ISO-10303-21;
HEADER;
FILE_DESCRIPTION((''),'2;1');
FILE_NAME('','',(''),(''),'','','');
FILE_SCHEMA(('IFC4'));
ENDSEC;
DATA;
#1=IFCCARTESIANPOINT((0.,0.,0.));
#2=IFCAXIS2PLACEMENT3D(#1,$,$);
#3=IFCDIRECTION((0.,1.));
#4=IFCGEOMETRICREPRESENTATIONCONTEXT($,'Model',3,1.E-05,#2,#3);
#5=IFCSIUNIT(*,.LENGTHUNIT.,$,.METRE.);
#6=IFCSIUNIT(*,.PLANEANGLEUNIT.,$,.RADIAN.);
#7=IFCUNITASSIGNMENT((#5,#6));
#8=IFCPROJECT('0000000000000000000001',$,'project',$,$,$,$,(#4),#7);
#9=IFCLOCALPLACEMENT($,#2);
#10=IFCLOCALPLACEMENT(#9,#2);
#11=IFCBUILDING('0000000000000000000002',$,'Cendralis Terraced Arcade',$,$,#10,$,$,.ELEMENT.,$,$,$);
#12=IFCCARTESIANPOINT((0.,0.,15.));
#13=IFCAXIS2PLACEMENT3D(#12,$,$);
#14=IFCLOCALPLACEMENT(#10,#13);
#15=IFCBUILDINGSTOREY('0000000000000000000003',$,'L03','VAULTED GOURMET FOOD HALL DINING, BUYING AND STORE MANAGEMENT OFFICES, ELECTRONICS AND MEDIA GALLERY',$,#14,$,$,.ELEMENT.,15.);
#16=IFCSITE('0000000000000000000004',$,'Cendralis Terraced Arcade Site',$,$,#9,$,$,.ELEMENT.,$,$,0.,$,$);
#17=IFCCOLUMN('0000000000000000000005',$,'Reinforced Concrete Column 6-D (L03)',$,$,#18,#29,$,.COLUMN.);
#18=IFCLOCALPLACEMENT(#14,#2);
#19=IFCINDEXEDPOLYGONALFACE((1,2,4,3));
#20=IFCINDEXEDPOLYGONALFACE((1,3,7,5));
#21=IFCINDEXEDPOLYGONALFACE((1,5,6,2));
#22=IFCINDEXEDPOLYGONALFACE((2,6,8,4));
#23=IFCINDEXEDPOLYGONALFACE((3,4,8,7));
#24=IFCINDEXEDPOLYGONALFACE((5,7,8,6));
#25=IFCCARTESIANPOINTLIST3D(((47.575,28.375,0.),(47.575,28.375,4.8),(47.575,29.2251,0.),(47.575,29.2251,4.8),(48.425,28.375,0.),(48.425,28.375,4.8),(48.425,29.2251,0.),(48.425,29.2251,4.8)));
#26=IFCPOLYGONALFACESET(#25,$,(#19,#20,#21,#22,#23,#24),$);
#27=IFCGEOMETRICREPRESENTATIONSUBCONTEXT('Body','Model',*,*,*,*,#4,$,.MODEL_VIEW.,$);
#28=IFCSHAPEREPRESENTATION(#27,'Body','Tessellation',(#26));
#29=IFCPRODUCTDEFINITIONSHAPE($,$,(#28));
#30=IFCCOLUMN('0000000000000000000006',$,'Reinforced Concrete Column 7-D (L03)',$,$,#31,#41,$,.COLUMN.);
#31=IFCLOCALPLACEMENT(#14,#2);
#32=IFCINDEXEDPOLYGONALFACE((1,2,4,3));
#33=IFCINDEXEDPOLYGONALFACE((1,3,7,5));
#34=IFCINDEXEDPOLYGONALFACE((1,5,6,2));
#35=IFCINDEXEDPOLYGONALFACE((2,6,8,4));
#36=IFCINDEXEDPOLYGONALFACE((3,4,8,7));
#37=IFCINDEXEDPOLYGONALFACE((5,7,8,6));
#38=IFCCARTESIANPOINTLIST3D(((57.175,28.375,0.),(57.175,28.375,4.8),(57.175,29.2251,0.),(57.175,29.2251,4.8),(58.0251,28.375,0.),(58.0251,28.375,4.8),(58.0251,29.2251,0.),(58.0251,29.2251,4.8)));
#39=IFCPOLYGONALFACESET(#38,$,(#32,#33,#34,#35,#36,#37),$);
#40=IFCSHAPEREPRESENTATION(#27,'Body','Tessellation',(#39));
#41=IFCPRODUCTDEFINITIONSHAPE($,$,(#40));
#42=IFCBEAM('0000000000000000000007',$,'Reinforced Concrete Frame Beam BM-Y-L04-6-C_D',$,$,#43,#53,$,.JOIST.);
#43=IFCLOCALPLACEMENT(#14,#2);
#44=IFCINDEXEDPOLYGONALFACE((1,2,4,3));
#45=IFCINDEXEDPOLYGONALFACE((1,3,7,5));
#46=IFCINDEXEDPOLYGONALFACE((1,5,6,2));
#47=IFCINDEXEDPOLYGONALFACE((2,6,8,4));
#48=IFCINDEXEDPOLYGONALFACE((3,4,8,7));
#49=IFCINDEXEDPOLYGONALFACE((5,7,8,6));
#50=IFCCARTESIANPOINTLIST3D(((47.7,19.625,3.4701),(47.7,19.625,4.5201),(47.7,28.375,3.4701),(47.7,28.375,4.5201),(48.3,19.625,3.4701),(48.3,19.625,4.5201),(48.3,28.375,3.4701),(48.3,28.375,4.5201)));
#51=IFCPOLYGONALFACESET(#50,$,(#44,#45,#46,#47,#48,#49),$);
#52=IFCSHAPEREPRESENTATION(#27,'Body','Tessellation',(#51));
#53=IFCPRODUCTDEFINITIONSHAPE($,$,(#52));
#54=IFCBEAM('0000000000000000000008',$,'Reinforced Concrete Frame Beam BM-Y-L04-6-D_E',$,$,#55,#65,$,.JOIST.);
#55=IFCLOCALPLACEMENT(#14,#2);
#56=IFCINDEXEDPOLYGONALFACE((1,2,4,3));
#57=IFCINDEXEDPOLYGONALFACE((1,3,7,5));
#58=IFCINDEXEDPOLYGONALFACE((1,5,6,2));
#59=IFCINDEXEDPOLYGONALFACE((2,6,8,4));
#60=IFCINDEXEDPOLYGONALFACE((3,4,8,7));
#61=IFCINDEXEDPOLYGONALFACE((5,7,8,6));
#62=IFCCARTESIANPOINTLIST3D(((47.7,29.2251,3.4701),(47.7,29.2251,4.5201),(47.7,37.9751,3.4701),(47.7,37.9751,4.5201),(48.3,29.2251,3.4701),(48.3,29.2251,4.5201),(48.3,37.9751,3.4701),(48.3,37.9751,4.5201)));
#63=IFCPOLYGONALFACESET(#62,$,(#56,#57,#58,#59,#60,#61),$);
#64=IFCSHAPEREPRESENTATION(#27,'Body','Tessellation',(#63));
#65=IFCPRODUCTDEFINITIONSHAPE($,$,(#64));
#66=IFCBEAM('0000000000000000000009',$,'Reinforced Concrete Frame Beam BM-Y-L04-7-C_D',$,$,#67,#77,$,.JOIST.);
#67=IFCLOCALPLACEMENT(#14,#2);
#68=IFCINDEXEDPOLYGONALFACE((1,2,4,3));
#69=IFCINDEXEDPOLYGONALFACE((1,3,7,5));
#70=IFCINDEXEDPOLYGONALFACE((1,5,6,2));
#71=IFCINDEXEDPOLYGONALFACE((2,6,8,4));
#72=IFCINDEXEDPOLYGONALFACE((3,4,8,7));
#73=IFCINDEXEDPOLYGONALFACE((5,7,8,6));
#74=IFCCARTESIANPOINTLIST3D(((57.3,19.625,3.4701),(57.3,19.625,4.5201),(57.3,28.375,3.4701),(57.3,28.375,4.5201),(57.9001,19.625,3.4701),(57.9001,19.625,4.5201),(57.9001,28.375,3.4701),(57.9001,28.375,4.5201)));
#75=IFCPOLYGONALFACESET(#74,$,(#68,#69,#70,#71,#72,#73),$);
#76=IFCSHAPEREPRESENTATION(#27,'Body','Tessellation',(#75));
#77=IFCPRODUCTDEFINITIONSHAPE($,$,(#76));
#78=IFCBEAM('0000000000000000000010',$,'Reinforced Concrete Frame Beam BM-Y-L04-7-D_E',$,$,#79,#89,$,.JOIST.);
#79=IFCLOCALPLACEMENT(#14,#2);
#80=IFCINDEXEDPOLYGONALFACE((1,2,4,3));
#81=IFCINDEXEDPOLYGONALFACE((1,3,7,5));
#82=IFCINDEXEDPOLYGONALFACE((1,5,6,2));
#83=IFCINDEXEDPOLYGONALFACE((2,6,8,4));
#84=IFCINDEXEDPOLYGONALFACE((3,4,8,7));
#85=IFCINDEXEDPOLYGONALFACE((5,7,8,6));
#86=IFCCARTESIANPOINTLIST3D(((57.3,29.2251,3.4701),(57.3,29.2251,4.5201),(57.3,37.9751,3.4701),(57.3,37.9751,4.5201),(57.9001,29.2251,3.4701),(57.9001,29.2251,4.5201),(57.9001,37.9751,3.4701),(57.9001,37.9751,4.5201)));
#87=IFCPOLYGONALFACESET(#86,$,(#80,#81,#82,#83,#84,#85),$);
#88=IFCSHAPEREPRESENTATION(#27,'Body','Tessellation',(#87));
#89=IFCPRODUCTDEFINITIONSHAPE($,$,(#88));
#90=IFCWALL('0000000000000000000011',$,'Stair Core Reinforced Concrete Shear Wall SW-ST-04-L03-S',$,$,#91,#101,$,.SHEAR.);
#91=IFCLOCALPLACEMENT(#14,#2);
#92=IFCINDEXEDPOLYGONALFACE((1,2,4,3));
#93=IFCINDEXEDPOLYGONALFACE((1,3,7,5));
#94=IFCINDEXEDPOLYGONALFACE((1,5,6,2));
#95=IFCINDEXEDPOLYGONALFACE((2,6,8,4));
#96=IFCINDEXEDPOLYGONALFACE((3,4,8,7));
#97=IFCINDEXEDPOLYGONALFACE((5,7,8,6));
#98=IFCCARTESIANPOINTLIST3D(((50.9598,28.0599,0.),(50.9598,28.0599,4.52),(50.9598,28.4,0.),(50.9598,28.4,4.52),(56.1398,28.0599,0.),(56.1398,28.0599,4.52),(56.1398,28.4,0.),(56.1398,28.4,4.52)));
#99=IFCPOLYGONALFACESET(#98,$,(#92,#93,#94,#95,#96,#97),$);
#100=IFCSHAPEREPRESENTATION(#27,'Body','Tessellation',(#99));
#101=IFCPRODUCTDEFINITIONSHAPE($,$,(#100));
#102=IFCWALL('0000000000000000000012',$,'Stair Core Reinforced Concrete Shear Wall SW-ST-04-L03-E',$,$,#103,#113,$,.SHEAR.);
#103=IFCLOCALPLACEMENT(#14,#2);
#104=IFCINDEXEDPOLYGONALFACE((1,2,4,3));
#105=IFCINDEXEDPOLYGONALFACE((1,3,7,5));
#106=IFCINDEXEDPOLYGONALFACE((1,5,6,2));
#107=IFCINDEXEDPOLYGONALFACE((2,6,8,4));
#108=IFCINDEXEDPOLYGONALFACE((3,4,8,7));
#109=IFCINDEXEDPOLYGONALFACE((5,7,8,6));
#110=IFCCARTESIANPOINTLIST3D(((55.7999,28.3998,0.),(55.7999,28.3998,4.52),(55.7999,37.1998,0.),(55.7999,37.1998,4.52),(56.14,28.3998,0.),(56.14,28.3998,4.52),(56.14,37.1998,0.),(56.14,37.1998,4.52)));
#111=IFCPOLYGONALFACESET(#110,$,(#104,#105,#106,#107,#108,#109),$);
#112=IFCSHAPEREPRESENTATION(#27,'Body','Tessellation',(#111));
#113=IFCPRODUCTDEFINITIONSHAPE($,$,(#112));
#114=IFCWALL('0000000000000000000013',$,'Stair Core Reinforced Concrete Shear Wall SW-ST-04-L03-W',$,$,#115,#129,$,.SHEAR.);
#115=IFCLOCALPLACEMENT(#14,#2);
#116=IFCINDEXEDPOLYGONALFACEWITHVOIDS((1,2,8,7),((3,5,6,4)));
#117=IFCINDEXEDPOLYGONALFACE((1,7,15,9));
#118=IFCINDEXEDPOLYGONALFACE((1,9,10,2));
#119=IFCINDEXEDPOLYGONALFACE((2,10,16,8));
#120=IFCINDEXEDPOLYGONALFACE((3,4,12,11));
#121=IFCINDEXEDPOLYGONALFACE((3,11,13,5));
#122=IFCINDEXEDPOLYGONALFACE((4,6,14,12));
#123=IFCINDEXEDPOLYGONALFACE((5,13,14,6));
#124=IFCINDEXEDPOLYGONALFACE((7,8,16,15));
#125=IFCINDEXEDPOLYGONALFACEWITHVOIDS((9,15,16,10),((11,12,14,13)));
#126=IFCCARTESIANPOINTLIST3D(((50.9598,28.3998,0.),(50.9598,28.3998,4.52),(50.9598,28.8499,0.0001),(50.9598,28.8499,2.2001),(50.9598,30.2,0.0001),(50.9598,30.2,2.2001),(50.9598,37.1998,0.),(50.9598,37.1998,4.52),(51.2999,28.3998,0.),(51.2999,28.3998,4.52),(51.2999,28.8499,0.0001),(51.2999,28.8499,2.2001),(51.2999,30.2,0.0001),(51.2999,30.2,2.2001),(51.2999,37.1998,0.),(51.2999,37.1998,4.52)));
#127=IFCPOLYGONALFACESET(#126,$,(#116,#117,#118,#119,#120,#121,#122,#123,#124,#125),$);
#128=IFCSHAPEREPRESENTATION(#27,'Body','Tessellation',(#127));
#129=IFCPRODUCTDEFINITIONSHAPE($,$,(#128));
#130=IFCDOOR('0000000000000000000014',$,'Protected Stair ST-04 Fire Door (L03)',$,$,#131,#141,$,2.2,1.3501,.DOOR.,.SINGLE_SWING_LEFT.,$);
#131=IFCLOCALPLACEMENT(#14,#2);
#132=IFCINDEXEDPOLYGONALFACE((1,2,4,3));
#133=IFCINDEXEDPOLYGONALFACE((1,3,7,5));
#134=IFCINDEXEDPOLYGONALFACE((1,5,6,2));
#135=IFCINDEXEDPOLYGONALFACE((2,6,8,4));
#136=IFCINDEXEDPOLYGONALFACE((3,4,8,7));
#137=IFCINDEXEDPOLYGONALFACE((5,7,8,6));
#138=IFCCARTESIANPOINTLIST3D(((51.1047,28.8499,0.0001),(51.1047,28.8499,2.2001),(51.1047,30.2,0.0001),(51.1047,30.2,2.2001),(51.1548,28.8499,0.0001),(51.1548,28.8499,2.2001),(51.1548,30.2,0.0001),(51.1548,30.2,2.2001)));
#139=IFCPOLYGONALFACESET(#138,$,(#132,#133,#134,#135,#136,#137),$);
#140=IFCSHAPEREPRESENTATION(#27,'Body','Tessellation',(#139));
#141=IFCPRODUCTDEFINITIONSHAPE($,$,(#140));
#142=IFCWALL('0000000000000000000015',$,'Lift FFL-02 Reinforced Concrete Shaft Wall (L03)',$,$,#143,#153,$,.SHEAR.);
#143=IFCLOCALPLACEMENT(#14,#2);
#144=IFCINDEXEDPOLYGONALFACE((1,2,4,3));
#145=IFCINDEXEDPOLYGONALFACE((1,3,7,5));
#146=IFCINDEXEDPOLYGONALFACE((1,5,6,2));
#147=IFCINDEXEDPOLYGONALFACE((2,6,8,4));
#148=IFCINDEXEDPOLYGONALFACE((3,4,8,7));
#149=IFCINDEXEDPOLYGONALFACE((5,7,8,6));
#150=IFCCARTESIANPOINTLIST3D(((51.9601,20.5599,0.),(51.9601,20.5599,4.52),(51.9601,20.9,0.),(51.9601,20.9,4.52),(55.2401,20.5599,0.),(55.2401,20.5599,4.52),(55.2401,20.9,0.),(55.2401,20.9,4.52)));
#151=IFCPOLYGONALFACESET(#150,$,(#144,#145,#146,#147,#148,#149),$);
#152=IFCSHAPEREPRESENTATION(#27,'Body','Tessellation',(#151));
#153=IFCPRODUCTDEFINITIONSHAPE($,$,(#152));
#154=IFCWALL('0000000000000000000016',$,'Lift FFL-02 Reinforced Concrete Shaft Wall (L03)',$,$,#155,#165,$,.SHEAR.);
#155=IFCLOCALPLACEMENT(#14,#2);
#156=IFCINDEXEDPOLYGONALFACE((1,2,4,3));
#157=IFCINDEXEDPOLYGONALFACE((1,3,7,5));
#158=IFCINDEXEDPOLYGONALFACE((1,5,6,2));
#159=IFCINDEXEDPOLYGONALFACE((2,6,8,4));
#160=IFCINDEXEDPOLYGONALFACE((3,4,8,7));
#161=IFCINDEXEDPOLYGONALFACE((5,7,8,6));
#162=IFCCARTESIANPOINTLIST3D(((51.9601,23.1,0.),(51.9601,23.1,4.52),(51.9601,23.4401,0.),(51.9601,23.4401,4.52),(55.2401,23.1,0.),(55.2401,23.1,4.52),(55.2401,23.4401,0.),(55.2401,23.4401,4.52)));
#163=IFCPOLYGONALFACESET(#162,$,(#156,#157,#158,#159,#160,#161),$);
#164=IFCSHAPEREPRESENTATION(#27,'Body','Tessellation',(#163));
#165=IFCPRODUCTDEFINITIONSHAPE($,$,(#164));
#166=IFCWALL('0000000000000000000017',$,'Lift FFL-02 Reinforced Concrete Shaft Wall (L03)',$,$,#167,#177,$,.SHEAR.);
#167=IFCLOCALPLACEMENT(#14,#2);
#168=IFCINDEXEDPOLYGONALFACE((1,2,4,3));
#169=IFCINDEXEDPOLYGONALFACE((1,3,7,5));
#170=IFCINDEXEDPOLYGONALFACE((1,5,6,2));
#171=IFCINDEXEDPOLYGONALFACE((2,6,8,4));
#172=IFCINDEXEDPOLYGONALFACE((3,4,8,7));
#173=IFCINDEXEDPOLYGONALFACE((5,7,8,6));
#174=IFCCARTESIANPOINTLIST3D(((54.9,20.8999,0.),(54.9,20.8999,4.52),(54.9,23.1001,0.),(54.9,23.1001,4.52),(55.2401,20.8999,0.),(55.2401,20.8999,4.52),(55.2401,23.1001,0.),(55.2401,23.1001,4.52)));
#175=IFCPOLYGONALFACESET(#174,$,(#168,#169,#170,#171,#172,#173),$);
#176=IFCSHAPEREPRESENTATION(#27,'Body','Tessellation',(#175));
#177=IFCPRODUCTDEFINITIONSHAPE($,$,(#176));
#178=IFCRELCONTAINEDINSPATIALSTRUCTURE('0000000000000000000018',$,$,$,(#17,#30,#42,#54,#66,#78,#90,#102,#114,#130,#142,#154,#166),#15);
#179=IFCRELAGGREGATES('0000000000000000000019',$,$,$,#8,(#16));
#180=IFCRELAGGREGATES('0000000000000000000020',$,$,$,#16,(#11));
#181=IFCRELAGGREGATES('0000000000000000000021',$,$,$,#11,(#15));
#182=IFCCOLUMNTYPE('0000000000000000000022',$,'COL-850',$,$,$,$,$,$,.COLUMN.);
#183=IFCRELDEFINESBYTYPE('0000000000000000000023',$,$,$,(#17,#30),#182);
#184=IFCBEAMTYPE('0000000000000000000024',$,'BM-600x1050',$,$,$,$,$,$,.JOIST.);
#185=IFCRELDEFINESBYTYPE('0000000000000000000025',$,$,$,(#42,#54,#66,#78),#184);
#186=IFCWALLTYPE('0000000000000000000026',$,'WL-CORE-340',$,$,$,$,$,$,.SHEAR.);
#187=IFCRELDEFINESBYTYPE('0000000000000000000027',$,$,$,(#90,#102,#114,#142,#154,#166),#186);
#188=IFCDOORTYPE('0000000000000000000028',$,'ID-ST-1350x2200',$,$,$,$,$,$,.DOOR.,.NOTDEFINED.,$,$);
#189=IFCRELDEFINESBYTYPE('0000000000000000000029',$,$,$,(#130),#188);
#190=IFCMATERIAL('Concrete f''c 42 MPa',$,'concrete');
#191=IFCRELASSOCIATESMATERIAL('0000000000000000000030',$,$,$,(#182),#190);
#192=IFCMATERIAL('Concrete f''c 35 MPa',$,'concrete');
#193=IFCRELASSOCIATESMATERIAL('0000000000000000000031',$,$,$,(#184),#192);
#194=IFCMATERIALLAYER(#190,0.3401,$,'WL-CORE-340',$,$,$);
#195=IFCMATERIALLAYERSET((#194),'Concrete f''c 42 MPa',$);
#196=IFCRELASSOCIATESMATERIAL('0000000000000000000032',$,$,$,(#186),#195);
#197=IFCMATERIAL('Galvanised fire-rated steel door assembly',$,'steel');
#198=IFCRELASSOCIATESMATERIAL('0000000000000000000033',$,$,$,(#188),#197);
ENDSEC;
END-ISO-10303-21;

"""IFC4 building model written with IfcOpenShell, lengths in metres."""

from ifc_helpers import new_model, si_unit, direction, frame, frame_2d, origin, origin_2d, place, context, subcontext, project, spatial, rectangle, extrude, material, layer, layer_set, material_profile, profile_set, type_object, element, fill, save


model = new_model("IFC4")

# Units and contexts
model_context = context("Model", 3, precision=1e-05, world=origin(), true_north=direction((0.0, 1.0)))
body_context = subcontext(model_context, "Body", "Model", "MODEL_VIEW")
ifc_project = project(units=[si_unit("LENGTHUNIT", "METRE"), si_unit("PLANEANGLEUNIT", "RADIAN")], contexts=[model_context])

# Site, building, storey
site_placement = place(None, origin())
site = spatial("IfcSite", under=ifc_project, at=site_placement, Name="Cendralis Terraced Arcade Site", CompositionType="ELEMENT", RefElevation=0.0)
building_placement = place(site_placement, origin())
building = spatial("IfcBuilding", under=site, at=building_placement, Name="Cendralis Terraced Arcade", CompositionType="ELEMENT")
storey_placement = place(building_placement, frame((0.0, 0.0, 15.0)))
storey = spatial("IfcBuildingStorey", under=building, at=storey_placement, Name="L03", Description="VAULTED GOURMET FOOD HALL DINING, BUYING AND STORE MANAGEMENT OFFICES, ELECTRONICS AND MEDIA GALLERY", CompositionType="ELEMENT", Elevation=15.0)

# Columns
ifc_material_1 = material(Name="Concrete f'c 42 MPa", Category="concrete")
ifc_material_profile_1 = material_profile(ifc_material_1, rectangle(XDim=0.8501, YDim=0.8501, at=origin_2d()), Name="RC-COL-850x850", Category="LoadBearing")
ifc_profile_set_1 = profile_set([ifc_material_profile_1], Name="Concrete f'c 42 MPa")
column_type = type_object("IfcColumnType", Name="COL-850", PredefinedType="COLUMN", material=ifc_profile_set_1)
for number, where, z_axis, x_axis, name in (
    (1, (48.0, 28.8, 0.0), (0.0, 0.0, 1.0), (1.0, 0.0, 0.0), "Reinforced Concrete Column 6-D (L03)"),
    (2, (57.6001, 28.8, 0.0), (0.0, 0.0, 1.0), (1.0, 0.0, 0.0), "Reinforced Concrete Column 7-D (L03)"),
):
    element("IfcColumn", number, at=place(storey_placement, frame(where, z_axis=z_axis, x_axis=x_axis)), inside=storey, type_object=column_type, Name=name, PredefinedType="COLUMN", context=body_context, shape_type="SweptSolid", body=[
        extrude(rectangle(XDim=0.8501, YDim=0.8501, at=origin_2d()), origin(), (0.0, 0.0, 1.0), 4.8),
    ])

# Beams
ifc_material_2 = material(Name="Concrete f'c 35 MPa", Category="concrete")
ifc_material_profile_2 = material_profile(ifc_material_2, rectangle(XDim=0.6001, YDim=1.05, at=origin_2d()), Name="RC-BM-600x1050", Category="LoadBearing")
ifc_profile_set_2 = profile_set([ifc_material_profile_2], Name="Concrete f'c 35 MPa")
beam_type = type_object("IfcBeamType", Name="BM-600x1050", PredefinedType="JOIST", material=ifc_profile_set_2)
for number, where, z_axis, x_axis, name in (
    (3, (48.0, 19.625, 3.9951), (0.0, 1.0, 0.0), (-1.0, 0.0, 0.0), "Reinforced Concrete Frame Beam BM-Y-L04-6-C_D"),
    (4, (48.0, 29.2251, 3.9951), (0.0, 1.0, 0.0), (-1.0, 0.0, 0.0), "Reinforced Concrete Frame Beam BM-Y-L04-6-D_E"),
    (5, (57.6001, 19.625, 3.9951), (0.0, 1.0, 0.0), (-1.0, 0.0, 0.0), "Reinforced Concrete Frame Beam BM-Y-L04-7-C_D"),
    (6, (57.6001, 29.2251, 3.9951), (0.0, 1.0, 0.0), (-1.0, 0.0, 0.0), "Reinforced Concrete Frame Beam BM-Y-L04-7-D_E"),
):
    element("IfcBeam", number, at=place(storey_placement, frame(where, z_axis=z_axis, x_axis=x_axis)), inside=storey, type_object=beam_type, Name=name, PredefinedType="JOIST", context=body_context, shape_type="SweptSolid", body=[
        extrude(rectangle(XDim=0.6001, YDim=1.05, at=origin_2d()), origin(), (0.0, 0.0, 1.0), 8.75),
    ])

# Walls
ifc_layer_1 = layer(ifc_material_1, 0.3401, Name="WL-CORE-340")
ifc_layer_set_1 = layer_set([ifc_layer_1], Name="Concrete f'c 42 MPa")
wall_type_1 = type_object("IfcWallType", Name="WL-CORE-340", PredefinedType="SHEAR", material=ifc_layer_set_1)
wall_1_placement = place(storey_placement, frame((50.96, 28.23, 0.0), z_axis=(0.0, 0.0, 1.0), x_axis=(1.0, 0.0, 0.0)))
element("IfcWall", 7, at=wall_1_placement, inside=storey, type_object=wall_type_1, Name="Stair Core Reinforced Concrete Shear Wall SW-ST-04-L03-S", PredefinedType="SHEAR", context=body_context, shape_type="SweptSolid", body=[
    extrude(rectangle(XDim=5.1799, YDim=0.3401, at=frame_2d((2.5898, 0.0))), origin(), (0.0, 0.0, 1.0), 4.52),
])
wall_2_placement = place(storey_placement, frame((55.97, 28.3999, 0.0), z_axis=(0.0, 0.0, 1.0), x_axis=(0.0, 1.0, 0.0)))
element("IfcWall", 8, at=wall_2_placement, inside=storey, type_object=wall_type_1, Name="Stair Core Reinforced Concrete Shear Wall SW-ST-04-L03-E", PredefinedType="SHEAR", context=body_context, shape_type="SweptSolid", body=[
    extrude(rectangle(XDim=8.8, YDim=0.3401, at=frame_2d((4.3999, 0.0))), origin(), (0.0, 0.0, 1.0), 4.52),
])

# Wall, opening, door
wall_3_placement = place(storey_placement, frame((51.1299, 28.3999, 0.0), z_axis=(0.0, 0.0, 1.0), x_axis=(0.0, 1.0, 0.0)))
wall_3 = element("IfcWall", 9, at=wall_3_placement, inside=storey, type_object=wall_type_1, Name="Stair Core Reinforced Concrete Shear Wall SW-ST-04-L03-W", PredefinedType="SHEAR", context=body_context, shape_type="SweptSolid", body=[
    extrude(rectangle(XDim=8.8, YDim=0.3401, at=frame_2d((4.3999, 0.0))), origin(), (0.0, 0.0, 1.0), 4.52),
])
opening_1_placement = place(wall_3_placement, frame((0.45, 0.0, 0.0)))
opening_1 = element("IfcOpeningElement", 10, at=opening_1_placement, cuts=wall_3, PredefinedType="OPENING", context=body_context, shape_type="SweptSolid", body=[
    extrude(rectangle(XDim=1.3501, YDim=2.2, at=frame_2d((0.675, 1.1001))), frame((0.0, 0.1821, 0.0), z_axis=(0.0, -1.0, 0.0), x_axis=(1.0, 0.0, 0.0)), (0.0, 0.0, 1.0), 0.364),
])
ifc_material_3 = material(Name="Galvanised fire-rated steel door assembly", Category="steel")
door_type_1 = type_object("IfcDoorType", Name="ID-ST-1350x2200", OperationType="NOTDEFINED", PredefinedType="DOOR", material=ifc_material_3)
door_1_placement = place(opening_1_placement, frame((1.3501, 0.0, 0.0), z_axis=(0.0, 0.0, 1.0), x_axis=(-1.0, 0.0, 0.0)))
door_1 = element("IfcDoor", 11, at=door_1_placement, inside=storey, type_object=door_type_1, Name="Protected Stair ST-04 Fire Door (L03)", OperationType="SINGLE_SWING_LEFT", OverallHeight=2.2, OverallWidth=1.3501, PredefinedType="DOOR", context=body_context, shape_type="SweptSolid", body=[
    extrude(rectangle(XDim=1.3501, YDim=2.2, at=frame_2d((0.675, 1.1001))), frame((0.0, 0.0249, 0.0), z_axis=(0.0, -1.0, 0.0), x_axis=(1.0, 0.0, 0.0)), (0.0, 0.0, 1.0), 0.05),
])
fill(opening_1, door_1)

# Walls
for number, where, z_axis, x_axis, name in (
    (12, (51.96, 20.73, 0.0), (0.0, 0.0, 1.0), (1.0, 0.0, 0.0), "Lift FFL-02 Reinforced Concrete Shaft Wall (L03)"),
    (13, (51.96, 23.27, 0.0), (0.0, 0.0, 1.0), (1.0, 0.0, 0.0), "Lift FFL-02 Reinforced Concrete Shaft Wall (L03)"),
):
    element("IfcWall", number, at=place(storey_placement, frame(where, z_axis=z_axis, x_axis=x_axis)), inside=storey, type_object=wall_type_1, Name=name, PredefinedType="SHEAR", context=body_context, shape_type="SweptSolid", body=[
        extrude(rectangle(XDim=3.28, YDim=0.3401, at=frame_2d((1.6401, 0.0))), origin(), (0.0, 0.0, 1.0), 4.52),
    ])

# Wall
wall_4_placement = place(storey_placement, frame((55.0701, 20.8999, 0.0), z_axis=(0.0, 0.0, 1.0), x_axis=(0.0, 1.0, 0.0)))
element("IfcWall", 14, at=wall_4_placement, inside=storey, type_object=wall_type_1, Name="Lift FFL-02 Reinforced Concrete Shaft Wall (L03)", PredefinedType="SHEAR", context=body_context, shape_type="SweptSolid", body=[
    extrude(rectangle(XDim=2.2002, YDim=0.3401, at=frame_2d((1.1001, 0.0))), origin(), (0.0, 0.0, 1.0), 4.52),
])

save(model, "model.ifc")
